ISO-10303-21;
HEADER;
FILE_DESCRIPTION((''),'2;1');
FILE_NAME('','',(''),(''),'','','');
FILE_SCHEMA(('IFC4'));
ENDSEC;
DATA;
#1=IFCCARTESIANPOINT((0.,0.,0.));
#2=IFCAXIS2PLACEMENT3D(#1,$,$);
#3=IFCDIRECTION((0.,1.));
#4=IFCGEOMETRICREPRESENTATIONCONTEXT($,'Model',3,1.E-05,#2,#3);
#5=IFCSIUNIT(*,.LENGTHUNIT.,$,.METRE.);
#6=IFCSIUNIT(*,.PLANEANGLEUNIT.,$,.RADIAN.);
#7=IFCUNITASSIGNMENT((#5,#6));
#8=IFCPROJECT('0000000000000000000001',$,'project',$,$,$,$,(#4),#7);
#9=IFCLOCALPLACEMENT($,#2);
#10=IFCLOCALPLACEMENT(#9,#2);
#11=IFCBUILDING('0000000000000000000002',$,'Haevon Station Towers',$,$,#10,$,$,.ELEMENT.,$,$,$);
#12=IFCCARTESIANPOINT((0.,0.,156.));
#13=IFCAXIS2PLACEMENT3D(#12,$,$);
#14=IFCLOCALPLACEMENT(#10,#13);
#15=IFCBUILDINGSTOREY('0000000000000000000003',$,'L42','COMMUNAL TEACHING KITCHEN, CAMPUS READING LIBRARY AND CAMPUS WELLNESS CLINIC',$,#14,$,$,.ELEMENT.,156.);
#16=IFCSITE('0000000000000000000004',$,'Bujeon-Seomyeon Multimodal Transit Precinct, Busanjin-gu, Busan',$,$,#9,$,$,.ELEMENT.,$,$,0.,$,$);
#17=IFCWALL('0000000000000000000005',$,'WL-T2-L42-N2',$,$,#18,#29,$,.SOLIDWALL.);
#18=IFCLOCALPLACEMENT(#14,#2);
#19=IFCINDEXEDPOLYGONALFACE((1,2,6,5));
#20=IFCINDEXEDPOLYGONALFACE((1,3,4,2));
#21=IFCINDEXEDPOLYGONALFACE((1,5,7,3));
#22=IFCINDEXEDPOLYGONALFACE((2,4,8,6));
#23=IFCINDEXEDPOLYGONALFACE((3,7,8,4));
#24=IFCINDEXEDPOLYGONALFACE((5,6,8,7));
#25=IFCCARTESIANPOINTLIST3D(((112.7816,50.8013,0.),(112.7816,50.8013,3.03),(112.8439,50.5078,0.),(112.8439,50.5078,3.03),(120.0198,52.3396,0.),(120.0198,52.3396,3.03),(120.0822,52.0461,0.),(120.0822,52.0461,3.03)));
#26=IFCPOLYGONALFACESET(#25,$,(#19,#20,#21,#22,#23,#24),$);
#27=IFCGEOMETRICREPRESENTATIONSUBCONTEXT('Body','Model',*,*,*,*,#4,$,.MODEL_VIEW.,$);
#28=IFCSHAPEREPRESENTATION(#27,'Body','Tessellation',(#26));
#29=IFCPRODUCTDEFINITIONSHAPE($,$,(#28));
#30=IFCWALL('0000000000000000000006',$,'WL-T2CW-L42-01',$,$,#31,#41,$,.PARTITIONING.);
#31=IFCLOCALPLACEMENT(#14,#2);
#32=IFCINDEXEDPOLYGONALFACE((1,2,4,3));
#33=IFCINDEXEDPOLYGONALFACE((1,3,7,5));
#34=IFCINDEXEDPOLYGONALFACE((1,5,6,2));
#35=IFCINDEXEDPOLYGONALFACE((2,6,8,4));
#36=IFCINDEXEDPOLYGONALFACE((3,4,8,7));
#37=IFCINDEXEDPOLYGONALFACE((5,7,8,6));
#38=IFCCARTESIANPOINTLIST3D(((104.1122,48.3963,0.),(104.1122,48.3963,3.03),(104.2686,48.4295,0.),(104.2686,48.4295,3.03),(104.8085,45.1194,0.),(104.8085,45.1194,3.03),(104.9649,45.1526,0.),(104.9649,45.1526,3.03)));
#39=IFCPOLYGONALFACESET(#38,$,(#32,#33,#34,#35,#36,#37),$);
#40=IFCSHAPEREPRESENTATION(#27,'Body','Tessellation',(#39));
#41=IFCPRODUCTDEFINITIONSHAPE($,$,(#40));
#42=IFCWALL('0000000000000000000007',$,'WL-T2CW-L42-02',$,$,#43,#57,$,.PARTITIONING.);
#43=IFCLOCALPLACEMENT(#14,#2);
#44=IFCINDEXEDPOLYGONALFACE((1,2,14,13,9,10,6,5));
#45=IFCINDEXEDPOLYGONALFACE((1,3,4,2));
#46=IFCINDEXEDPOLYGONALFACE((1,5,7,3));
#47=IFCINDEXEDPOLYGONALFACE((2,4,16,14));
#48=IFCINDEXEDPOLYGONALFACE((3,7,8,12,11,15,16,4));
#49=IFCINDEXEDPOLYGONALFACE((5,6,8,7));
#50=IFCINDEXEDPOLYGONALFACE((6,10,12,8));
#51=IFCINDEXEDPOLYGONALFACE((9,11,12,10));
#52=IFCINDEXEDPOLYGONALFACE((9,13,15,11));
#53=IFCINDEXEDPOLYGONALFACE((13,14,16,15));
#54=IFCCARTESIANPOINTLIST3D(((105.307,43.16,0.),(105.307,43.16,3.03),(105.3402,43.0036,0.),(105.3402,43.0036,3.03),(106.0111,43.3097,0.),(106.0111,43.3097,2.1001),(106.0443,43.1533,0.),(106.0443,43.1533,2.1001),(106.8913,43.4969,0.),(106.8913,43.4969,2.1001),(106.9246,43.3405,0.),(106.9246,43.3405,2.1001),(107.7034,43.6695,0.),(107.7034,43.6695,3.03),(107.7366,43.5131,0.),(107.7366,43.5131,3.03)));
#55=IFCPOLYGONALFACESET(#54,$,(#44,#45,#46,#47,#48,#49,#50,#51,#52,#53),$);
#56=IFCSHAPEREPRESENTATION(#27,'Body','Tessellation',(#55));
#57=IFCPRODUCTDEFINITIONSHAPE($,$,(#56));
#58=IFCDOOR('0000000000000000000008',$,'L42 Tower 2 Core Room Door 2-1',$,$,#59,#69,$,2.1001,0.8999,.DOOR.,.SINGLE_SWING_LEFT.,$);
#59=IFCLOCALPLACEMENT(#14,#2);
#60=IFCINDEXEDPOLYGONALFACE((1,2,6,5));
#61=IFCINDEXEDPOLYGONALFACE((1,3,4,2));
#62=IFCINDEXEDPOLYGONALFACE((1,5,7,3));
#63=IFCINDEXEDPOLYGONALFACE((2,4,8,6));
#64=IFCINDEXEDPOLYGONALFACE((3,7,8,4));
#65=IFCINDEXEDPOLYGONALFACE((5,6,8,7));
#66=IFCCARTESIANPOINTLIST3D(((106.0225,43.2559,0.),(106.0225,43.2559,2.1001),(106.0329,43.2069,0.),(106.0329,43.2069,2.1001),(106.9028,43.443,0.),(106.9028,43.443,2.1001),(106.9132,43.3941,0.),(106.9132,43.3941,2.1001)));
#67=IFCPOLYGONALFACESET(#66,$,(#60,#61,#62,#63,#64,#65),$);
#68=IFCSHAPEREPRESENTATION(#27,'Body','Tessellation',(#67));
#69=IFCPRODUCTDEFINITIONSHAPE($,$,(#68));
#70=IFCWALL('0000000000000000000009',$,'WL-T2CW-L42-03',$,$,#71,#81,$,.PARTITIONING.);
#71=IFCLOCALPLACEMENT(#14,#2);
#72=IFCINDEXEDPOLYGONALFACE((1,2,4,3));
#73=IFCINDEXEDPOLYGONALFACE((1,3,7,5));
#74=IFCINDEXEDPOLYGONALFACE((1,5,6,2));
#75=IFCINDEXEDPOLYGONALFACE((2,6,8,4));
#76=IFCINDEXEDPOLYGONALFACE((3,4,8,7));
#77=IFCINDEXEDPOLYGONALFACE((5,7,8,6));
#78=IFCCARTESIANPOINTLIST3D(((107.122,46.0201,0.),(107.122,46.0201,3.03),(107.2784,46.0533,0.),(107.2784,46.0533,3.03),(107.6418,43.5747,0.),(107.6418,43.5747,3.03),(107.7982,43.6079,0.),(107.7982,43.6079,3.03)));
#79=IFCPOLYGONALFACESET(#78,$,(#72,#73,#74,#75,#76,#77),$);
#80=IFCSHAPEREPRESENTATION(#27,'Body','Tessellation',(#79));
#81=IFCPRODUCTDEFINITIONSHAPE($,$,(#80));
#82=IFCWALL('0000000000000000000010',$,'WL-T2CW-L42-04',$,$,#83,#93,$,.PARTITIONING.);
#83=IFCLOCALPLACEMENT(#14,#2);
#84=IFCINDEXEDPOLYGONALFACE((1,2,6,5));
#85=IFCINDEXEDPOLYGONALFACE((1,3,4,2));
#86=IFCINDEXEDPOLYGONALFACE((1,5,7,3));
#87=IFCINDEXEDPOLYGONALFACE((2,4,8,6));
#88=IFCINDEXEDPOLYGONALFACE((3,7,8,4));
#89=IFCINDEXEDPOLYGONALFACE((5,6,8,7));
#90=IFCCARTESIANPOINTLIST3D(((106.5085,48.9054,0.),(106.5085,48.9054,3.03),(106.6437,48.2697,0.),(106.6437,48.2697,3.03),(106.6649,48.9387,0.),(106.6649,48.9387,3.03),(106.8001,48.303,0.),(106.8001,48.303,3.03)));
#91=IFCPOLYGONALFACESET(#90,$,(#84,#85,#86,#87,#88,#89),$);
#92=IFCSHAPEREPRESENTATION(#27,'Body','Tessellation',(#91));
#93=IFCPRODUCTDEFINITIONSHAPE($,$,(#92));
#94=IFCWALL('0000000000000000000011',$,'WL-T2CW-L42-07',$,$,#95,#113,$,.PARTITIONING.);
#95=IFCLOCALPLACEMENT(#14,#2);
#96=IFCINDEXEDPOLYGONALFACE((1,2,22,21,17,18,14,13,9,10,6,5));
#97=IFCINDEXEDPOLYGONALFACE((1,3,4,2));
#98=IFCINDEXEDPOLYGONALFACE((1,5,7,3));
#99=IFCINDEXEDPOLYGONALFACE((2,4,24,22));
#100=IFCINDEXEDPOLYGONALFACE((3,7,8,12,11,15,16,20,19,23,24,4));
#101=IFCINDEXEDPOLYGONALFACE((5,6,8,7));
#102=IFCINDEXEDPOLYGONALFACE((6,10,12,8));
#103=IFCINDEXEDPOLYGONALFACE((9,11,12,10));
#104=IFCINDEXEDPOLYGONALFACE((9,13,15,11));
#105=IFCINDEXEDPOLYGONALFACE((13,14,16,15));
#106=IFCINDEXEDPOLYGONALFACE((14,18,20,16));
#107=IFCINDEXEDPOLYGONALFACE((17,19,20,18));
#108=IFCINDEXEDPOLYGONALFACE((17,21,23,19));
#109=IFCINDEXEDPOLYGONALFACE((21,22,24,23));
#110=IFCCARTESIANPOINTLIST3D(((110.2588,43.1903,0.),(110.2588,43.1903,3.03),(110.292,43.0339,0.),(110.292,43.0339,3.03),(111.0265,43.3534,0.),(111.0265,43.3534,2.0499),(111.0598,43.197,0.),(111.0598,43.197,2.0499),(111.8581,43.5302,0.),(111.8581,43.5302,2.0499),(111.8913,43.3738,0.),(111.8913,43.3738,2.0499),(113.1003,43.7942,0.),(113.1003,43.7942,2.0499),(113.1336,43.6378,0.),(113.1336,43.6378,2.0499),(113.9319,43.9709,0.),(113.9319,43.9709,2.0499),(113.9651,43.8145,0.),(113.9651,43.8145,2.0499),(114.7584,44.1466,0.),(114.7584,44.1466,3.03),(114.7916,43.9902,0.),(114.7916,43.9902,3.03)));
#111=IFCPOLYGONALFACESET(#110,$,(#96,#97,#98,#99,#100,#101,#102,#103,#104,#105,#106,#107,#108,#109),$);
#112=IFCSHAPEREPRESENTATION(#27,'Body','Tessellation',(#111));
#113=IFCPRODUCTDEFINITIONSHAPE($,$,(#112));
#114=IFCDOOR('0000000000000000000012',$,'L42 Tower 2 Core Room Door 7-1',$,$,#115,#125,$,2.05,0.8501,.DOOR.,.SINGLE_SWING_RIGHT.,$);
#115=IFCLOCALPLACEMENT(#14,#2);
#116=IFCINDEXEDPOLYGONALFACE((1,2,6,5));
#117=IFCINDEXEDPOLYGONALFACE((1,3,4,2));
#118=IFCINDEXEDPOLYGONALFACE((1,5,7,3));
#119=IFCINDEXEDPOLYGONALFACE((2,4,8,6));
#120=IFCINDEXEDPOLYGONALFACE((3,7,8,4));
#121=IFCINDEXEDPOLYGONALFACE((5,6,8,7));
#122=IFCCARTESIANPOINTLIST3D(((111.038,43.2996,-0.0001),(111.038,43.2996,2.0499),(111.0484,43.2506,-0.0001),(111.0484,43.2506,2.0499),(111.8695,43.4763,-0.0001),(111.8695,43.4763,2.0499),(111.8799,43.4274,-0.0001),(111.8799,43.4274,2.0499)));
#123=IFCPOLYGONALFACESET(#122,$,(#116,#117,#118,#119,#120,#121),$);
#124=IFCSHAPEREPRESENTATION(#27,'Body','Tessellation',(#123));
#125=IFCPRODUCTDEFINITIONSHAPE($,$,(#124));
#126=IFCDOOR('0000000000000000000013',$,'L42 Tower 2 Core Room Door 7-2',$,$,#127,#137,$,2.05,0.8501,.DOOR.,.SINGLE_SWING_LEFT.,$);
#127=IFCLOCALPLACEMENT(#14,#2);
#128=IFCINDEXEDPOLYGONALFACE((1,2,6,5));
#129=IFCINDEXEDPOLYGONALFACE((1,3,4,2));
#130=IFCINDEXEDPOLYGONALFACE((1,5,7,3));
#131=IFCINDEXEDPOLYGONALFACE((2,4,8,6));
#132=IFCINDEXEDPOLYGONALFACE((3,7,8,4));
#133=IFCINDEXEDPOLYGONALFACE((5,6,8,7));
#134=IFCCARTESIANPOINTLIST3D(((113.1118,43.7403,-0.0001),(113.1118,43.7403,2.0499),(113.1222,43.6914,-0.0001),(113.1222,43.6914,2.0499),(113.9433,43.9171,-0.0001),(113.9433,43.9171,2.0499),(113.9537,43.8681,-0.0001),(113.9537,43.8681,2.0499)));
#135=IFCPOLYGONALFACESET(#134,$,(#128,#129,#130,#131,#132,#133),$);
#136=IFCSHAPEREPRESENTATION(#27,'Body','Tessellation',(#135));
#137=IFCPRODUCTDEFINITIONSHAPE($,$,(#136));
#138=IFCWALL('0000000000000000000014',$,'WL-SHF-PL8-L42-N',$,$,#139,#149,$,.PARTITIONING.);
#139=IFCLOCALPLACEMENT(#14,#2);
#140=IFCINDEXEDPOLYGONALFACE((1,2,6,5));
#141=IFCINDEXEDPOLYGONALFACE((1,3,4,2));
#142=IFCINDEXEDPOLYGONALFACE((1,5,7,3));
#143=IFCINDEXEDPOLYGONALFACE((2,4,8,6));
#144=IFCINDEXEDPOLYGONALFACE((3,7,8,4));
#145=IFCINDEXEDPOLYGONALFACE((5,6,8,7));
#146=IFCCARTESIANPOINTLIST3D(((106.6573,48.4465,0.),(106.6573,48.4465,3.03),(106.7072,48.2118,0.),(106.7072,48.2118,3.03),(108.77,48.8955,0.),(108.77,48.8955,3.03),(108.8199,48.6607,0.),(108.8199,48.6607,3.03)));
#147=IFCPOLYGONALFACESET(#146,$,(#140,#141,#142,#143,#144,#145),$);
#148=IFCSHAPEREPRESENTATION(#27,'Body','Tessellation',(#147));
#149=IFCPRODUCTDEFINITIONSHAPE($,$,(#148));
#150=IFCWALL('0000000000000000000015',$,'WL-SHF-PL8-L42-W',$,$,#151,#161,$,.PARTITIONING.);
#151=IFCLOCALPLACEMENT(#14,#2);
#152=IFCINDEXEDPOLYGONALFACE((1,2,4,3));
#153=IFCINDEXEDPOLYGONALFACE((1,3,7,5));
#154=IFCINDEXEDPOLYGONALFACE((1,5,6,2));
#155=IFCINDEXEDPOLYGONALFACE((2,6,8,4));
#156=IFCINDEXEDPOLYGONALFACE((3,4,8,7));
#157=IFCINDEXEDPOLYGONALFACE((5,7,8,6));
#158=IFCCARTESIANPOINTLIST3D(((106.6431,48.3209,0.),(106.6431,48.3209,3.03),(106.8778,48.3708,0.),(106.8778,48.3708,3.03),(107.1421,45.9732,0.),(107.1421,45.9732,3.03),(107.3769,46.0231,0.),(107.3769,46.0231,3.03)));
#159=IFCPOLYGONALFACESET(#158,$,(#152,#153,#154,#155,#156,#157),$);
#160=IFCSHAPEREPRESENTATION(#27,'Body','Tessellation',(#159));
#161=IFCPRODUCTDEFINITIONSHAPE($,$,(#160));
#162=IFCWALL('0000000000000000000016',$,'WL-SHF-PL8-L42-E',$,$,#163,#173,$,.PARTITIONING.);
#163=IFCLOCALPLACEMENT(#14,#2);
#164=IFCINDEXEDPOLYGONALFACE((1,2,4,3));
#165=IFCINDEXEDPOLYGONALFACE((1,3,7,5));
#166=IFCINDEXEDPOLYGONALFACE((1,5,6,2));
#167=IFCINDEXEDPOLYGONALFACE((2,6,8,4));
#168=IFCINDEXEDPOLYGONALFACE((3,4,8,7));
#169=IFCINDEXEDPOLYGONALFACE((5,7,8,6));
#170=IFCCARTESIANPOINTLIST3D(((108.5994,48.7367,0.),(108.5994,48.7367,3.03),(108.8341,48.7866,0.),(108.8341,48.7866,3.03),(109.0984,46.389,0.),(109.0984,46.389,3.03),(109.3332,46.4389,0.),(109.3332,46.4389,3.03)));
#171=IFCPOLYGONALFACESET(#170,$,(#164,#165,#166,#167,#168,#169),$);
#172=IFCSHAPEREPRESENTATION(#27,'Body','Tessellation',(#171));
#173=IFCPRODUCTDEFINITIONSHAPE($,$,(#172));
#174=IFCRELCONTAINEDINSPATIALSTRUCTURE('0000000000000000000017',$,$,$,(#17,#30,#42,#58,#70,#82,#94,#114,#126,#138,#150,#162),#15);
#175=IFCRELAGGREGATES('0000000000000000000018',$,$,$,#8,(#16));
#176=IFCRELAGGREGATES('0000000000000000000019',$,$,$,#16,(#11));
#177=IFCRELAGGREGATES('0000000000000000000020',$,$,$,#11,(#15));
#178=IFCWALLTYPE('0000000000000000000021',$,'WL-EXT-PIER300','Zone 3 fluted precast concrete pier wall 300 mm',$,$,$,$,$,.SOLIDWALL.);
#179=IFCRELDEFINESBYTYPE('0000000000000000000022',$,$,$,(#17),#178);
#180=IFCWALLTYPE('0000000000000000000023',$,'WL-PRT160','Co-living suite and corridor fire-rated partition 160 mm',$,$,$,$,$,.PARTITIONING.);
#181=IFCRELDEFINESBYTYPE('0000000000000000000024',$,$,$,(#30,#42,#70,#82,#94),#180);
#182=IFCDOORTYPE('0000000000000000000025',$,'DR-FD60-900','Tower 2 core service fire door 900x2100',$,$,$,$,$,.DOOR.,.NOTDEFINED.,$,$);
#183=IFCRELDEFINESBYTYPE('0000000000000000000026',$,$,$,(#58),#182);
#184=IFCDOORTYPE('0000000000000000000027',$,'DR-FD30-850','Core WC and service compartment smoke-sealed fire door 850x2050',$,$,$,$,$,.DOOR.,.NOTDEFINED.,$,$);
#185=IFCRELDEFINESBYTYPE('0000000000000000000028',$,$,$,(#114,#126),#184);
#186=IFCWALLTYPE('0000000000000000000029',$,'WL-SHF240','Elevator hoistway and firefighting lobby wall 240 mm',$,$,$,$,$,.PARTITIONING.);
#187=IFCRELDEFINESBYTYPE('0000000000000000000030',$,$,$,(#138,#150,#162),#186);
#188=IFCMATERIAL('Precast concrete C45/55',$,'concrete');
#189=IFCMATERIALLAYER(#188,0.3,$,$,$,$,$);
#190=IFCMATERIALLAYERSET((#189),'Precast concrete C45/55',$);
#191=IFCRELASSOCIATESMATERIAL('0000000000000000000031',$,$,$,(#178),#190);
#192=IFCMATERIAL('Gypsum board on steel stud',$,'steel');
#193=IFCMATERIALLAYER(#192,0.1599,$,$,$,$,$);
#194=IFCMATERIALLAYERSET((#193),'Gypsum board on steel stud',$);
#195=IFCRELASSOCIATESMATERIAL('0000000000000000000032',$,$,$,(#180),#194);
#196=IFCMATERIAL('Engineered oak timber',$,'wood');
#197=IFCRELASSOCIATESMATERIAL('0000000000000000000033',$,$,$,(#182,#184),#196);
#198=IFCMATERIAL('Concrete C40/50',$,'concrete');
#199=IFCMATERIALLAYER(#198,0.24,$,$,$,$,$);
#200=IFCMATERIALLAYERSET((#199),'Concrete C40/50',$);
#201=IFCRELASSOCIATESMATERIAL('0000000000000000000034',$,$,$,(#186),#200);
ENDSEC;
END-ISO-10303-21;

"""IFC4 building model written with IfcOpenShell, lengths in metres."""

from ifc_helpers import new_model, si_unit, direction, frame, frame_2d, origin, place, context, subcontext, project, spatial, rectangle, extrude, material, layer, layer_set, type_object, element, fill, save


model = new_model("IFC4")

# Units and contexts
model_context = context("Model", 3, precision=1e-05, world=origin(), true_north=direction((0.0, 1.0)))
body_context = subcontext(model_context, "Body", "Model", "MODEL_VIEW")
ifc_project = project(units=[si_unit("LENGTHUNIT", "METRE"), si_unit("PLANEANGLEUNIT", "RADIAN")], contexts=[model_context])

# Site, building, storey
site_placement = place(None, origin())
site = spatial("IfcSite", under=ifc_project, at=site_placement, Name="Bujeon-Seomyeon Multimodal Transit Precinct, Busanjin-gu, Busan", CompositionType="ELEMENT", RefElevation=0.0)
building_placement = place(site_placement, origin())
building = spatial("IfcBuilding", under=site, at=building_placement, Name="Haevon Station Towers", CompositionType="ELEMENT")
storey_placement = place(building_placement, frame((0.0, 0.0, 156.0)))
storey = spatial("IfcBuildingStorey", under=building, at=storey_placement, Name="L42", Description="COMMUNAL TEACHING KITCHEN, CAMPUS READING LIBRARY AND CAMPUS WELLNESS CLINIC", CompositionType="ELEMENT", Elevation=156.0)

# Walls
ifc_material_1 = material(Name="Precast concrete C45/55", Category="concrete")
ifc_layer_1 = layer(ifc_material_1, 0.3)
ifc_layer_set_1 = layer_set([ifc_layer_1], Name="Precast concrete C45/55")
wall_type_1 = type_object("IfcWallType", Name="WL-EXT-PIER300", Description="Zone 3 fluted precast concrete pier wall 300 mm", PredefinedType="SOLIDWALL", material=ifc_layer_set_1)
wall_1_placement = place(storey_placement, frame((112.8127, 50.6545, 0.0), z_axis=(0.0, 0.0, 1.0), x_axis=(0.978153, 0.207884, 0.0)))
element("IfcWall", 1, at=wall_1_placement, inside=storey, type_object=wall_type_1, Name="WL-T2-L42-N2", PredefinedType="SOLIDWALL", context=body_context, shape_type="SweptSolid", body=[
    extrude(rectangle(XDim=7.3999, YDim=0.3, at=frame_2d((3.7, 0.0))), origin(), (0.0, 0.0, 1.0), 3.03),
])
ifc_material_2 = material(Name="Gypsum board on steel stud", Category="steel")
ifc_layer_2 = layer(ifc_material_2, 0.1599)
ifc_layer_set_2 = layer_set([ifc_layer_2], Name="Gypsum board on steel stud")
wall_type_2 = type_object("IfcWallType", Name="WL-PRT160", Description="Co-living suite and corridor fire-rated partition 160 mm", PredefinedType="PARTITIONING", material=ifc_layer_set_2)
wall_2_placement = place(storey_placement, frame((104.8867, 45.136, 0.0), z_axis=(0.0, 0.0, 1.0), x_axis=(-0.207847, 0.978161, 0.0)))
element("IfcWall", 2, at=wall_2_placement, inside=storey, type_object=wall_type_2, Name="WL-T2CW-L42-01", PredefinedType="PARTITIONING", context=body_context, shape_type="SweptSolid", body=[
    extrude(rectangle(XDim=3.3501, YDim=0.1599, at=frame_2d((1.675, 0.0))), origin(), (0.0, 0.0, 1.0), 3.03),
])

# Wall, opening, door
wall_3_placement = place(storey_placement, frame((105.3235, 43.0818, 0.0), z_axis=(0.0, 0.0, 1.0), x_axis=(0.978137, 0.207964, 0.0)))
wall_3 = element("IfcWall", 3, at=wall_3_placement, inside=storey, type_object=wall_type_2, Name="WL-T2CW-L42-02", PredefinedType="PARTITIONING", context=body_context, shape_type="SweptSolid", body=[
    extrude(rectangle(XDim=2.45, YDim=0.1599, at=frame_2d((1.2251, 0.0))), origin(), (0.0, 0.0, 1.0), 3.03),
])
opening_1_placement = place(wall_3_placement, frame((0.72, 0.0, 0.0)))
opening_1 = element("IfcOpeningElement", 4, at=opening_1_placement, cuts=wall_3, PredefinedType="OPENING", context=body_context, shape_type="SweptSolid", body=[
    extrude(rectangle(XDim=0.8999, YDim=2.1001, at=frame_2d((0.45, 1.05))), frame((0.0, 0.0898, 0.0), z_axis=(0.0, -1.0, 0.0), x_axis=(1.0, 0.0, 0.0)), (0.0, 0.0, 1.0), 0.1799),
])
ifc_material_3 = material(Name="Engineered oak timber", Category="wood")
door_type_1 = type_object("IfcDoorType", Name="DR-FD60-900", Description="Tower 2 core service fire door 900x2100", OperationType="NOTDEFINED", PredefinedType="DOOR", material=ifc_material_3)
door_1_placement = place(opening_1_placement, origin())
door_1 = element("IfcDoor", 5, at=door_1_placement, inside=storey, type_object=door_type_1, Name="L42 Tower 2 Core Room Door 2-1", OperationType="SINGLE_SWING_LEFT", OverallHeight=2.1001, OverallWidth=0.8999, PredefinedType="DOOR", context=body_context, shape_type="SweptSolid", body=[
    extrude(rectangle(XDim=0.8999, YDim=2.1001, at=frame_2d((0.45, 1.05))), frame((0.0, 0.0249, 0.0), z_axis=(0.0, -1.0, 0.0), x_axis=(1.0, 0.0, 0.0)), (0.0, 0.0, 1.0), 0.05),
])
fill(opening_1, door_1)

# Walls
wall_4_placement = place(storey_placement, frame((107.72, 43.5913, 0.0), z_axis=(0.0, 0.0, 1.0), x_axis=(-0.207915, 0.978147, 0.0)))
element("IfcWall", 6, at=wall_4_placement, inside=storey, type_object=wall_type_2, Name="WL-T2CW-L42-03", PredefinedType="PARTITIONING", context=body_context, shape_type="SweptSolid", body=[
    extrude(rectangle(XDim=2.5, YDim=0.1599, at=frame_2d((1.25, 0.0))), origin(), (0.0, 0.0, 1.0), 3.03),
])
wall_5_placement = place(storey_placement, frame((106.7219, 48.2864, 0.0), z_axis=(0.0, 0.0, 1.0), x_axis=(-0.208092, 0.978109, 0.0)))
element("IfcWall", 7, at=wall_5_placement, inside=storey, type_object=wall_type_2, Name="WL-T2CW-L42-04", PredefinedType="PARTITIONING", context=body_context, shape_type="SweptSolid", body=[
    extrude(rectangle(XDim=0.6499, YDim=0.1599, at=frame_2d((0.325, 0.0))), origin(), (0.0, 0.0, 1.0), 3.03),
])

# Wall, openings, doors
wall_6_placement = place(storey_placement, frame((110.2754, 43.1121, 0.0), z_axis=(0.0, 0.0, 1.0), x_axis=(0.978152, 0.20789, 0.0)))
wall_6 = element("IfcWall", 8, at=wall_6_placement, inside=storey, type_object=wall_type_2, Name="WL-T2CW-L42-07", PredefinedType="PARTITIONING", context=body_context, shape_type="SweptSolid", body=[
    extrude(rectangle(XDim=4.6001, YDim=0.1599, at=frame_2d((2.3, 0.0))), origin(), (0.0, 0.0, 1.0), 3.03),
])
opening_2_placement = place(wall_6_placement, frame((0.7849, 0.0, 0.0)))
opening_2 = element("IfcOpeningElement", 9, at=opening_2_placement, cuts=wall_6, PredefinedType="OPENING", context=body_context, shape_type="SweptSolid", body=[
    extrude(rectangle(XDim=0.8501, YDim=2.05, at=frame_2d((0.425, 1.0249))), frame((0.0, 0.0898, 0.0), z_axis=(0.0, -1.0, 0.0), x_axis=(1.0, 0.0, 0.0)), (0.0, 0.0, 1.0), 0.1799),
])
opening_3_placement = place(wall_6_placement, frame((2.905, 0.0, 0.0)))
opening_3 = element("IfcOpeningElement", 10, at=opening_3_placement, cuts=wall_6, PredefinedType="OPENING", context=body_context, shape_type="SweptSolid", body=[
    extrude(rectangle(XDim=0.8501, YDim=2.05, at=frame_2d((0.425, 1.0249))), frame((0.0, 0.0898, 0.0), z_axis=(0.0, -1.0, 0.0), x_axis=(1.0, 0.0, 0.0)), (0.0, 0.0, 1.0), 0.1799),
])
door_type_2 = type_object("IfcDoorType", Name="DR-FD30-850", Description="Core WC and service compartment smoke-sealed fire door 850x2050", OperationType="NOTDEFINED", PredefinedType="DOOR", material=ifc_material_3)
door_2_placement = place(opening_2_placement, origin())
door_2 = element("IfcDoor", 11, at=door_2_placement, inside=storey, type_object=door_type_2, Name="L42 Tower 2 Core Room Door 7-1", OperationType="SINGLE_SWING_RIGHT", OverallHeight=2.05, OverallWidth=0.8501, PredefinedType="DOOR", context=body_context, shape_type="SweptSolid", body=[
    extrude(rectangle(XDim=0.8501, YDim=2.05, at=frame_2d((0.425, 1.0249))), frame((0.0, 0.0249, 0.0), z_axis=(0.0, -1.0, 0.0), x_axis=(1.0, 0.0, 0.0)), (0.0, 0.0, 1.0), 0.05),
])
fill(opening_2, door_2)
door_3_placement = place(opening_3_placement, origin())
door_3 = element("IfcDoor", 12, at=door_3_placement, inside=storey, type_object=door_type_2, Name="L42 Tower 2 Core Room Door 7-2", OperationType="SINGLE_SWING_LEFT", OverallHeight=2.05, OverallWidth=0.8501, PredefinedType="DOOR", context=body_context, shape_type="SweptSolid", body=[
    extrude(rectangle(XDim=0.8501, YDim=2.05, at=frame_2d((0.425, 1.0249))), frame((0.0, 0.0249, 0.0), z_axis=(0.0, -1.0, 0.0), x_axis=(1.0, 0.0, 0.0)), (0.0, 0.0, 1.0), 0.05),
])
fill(opening_3, door_3)

# Shared definitions
ifc_material_4 = material(Name="Concrete C40/50", Category="concrete")
ifc_layer_3 = layer(ifc_material_4, 0.24)
ifc_layer_set_3 = layer_set([ifc_layer_3], Name="Concrete C40/50")
wall_type_3 = type_object("IfcWallType", Name="WL-SHF240", Description="Elevator hoistway and firefighting lobby wall 240 mm", PredefinedType="PARTITIONING", material=ifc_layer_set_3)

# Walls
wall_7_placement = place(storey_placement, frame((106.6821, 48.3291, 0.0), z_axis=(0.0, 0.0, 1.0), x_axis=(0.978158, 0.207861, 0.0)))
element("IfcWall", 13, at=wall_7_placement, inside=storey, type_object=wall_type_3, Name="WL-SHF-PL8-L42-N", PredefinedType="PARTITIONING", context=body_context, shape_type="SweptSolid", body=[
    extrude(rectangle(XDim=2.1599, YDim=0.24, at=frame_2d((1.0801, 0.0))), origin(), (0.0, 0.0, 1.0), 3.03),
])
for number, where, z_axis, x_axis, name in (
    (14, (107.2595, 45.998, 0.0), (0.0, 0.0, 1.0), (-0.207917, 0.978146, 0.0), "WL-SHF-PL8-L42-W"),
    (15, (109.2158, 46.4138, 0.0), (0.0, 0.0, 1.0), (-0.207917, 0.978146, 0.0), "WL-SHF-PL8-L42-E"),
):
    element("IfcWall", number, at=place(storey_placement, frame(where, z_axis=z_axis, x_axis=x_axis)), inside=storey, type_object=wall_type_3, Name=name, PredefinedType="PARTITIONING", context=body_context, shape_type="SweptSolid", body=[
        extrude(rectangle(XDim=2.4001, YDim=0.24, at=frame_2d((1.2002, 0.0))), origin(), (0.0, 0.0, 1.0), 3.03),
    ])

save(model, "model.ifc")
